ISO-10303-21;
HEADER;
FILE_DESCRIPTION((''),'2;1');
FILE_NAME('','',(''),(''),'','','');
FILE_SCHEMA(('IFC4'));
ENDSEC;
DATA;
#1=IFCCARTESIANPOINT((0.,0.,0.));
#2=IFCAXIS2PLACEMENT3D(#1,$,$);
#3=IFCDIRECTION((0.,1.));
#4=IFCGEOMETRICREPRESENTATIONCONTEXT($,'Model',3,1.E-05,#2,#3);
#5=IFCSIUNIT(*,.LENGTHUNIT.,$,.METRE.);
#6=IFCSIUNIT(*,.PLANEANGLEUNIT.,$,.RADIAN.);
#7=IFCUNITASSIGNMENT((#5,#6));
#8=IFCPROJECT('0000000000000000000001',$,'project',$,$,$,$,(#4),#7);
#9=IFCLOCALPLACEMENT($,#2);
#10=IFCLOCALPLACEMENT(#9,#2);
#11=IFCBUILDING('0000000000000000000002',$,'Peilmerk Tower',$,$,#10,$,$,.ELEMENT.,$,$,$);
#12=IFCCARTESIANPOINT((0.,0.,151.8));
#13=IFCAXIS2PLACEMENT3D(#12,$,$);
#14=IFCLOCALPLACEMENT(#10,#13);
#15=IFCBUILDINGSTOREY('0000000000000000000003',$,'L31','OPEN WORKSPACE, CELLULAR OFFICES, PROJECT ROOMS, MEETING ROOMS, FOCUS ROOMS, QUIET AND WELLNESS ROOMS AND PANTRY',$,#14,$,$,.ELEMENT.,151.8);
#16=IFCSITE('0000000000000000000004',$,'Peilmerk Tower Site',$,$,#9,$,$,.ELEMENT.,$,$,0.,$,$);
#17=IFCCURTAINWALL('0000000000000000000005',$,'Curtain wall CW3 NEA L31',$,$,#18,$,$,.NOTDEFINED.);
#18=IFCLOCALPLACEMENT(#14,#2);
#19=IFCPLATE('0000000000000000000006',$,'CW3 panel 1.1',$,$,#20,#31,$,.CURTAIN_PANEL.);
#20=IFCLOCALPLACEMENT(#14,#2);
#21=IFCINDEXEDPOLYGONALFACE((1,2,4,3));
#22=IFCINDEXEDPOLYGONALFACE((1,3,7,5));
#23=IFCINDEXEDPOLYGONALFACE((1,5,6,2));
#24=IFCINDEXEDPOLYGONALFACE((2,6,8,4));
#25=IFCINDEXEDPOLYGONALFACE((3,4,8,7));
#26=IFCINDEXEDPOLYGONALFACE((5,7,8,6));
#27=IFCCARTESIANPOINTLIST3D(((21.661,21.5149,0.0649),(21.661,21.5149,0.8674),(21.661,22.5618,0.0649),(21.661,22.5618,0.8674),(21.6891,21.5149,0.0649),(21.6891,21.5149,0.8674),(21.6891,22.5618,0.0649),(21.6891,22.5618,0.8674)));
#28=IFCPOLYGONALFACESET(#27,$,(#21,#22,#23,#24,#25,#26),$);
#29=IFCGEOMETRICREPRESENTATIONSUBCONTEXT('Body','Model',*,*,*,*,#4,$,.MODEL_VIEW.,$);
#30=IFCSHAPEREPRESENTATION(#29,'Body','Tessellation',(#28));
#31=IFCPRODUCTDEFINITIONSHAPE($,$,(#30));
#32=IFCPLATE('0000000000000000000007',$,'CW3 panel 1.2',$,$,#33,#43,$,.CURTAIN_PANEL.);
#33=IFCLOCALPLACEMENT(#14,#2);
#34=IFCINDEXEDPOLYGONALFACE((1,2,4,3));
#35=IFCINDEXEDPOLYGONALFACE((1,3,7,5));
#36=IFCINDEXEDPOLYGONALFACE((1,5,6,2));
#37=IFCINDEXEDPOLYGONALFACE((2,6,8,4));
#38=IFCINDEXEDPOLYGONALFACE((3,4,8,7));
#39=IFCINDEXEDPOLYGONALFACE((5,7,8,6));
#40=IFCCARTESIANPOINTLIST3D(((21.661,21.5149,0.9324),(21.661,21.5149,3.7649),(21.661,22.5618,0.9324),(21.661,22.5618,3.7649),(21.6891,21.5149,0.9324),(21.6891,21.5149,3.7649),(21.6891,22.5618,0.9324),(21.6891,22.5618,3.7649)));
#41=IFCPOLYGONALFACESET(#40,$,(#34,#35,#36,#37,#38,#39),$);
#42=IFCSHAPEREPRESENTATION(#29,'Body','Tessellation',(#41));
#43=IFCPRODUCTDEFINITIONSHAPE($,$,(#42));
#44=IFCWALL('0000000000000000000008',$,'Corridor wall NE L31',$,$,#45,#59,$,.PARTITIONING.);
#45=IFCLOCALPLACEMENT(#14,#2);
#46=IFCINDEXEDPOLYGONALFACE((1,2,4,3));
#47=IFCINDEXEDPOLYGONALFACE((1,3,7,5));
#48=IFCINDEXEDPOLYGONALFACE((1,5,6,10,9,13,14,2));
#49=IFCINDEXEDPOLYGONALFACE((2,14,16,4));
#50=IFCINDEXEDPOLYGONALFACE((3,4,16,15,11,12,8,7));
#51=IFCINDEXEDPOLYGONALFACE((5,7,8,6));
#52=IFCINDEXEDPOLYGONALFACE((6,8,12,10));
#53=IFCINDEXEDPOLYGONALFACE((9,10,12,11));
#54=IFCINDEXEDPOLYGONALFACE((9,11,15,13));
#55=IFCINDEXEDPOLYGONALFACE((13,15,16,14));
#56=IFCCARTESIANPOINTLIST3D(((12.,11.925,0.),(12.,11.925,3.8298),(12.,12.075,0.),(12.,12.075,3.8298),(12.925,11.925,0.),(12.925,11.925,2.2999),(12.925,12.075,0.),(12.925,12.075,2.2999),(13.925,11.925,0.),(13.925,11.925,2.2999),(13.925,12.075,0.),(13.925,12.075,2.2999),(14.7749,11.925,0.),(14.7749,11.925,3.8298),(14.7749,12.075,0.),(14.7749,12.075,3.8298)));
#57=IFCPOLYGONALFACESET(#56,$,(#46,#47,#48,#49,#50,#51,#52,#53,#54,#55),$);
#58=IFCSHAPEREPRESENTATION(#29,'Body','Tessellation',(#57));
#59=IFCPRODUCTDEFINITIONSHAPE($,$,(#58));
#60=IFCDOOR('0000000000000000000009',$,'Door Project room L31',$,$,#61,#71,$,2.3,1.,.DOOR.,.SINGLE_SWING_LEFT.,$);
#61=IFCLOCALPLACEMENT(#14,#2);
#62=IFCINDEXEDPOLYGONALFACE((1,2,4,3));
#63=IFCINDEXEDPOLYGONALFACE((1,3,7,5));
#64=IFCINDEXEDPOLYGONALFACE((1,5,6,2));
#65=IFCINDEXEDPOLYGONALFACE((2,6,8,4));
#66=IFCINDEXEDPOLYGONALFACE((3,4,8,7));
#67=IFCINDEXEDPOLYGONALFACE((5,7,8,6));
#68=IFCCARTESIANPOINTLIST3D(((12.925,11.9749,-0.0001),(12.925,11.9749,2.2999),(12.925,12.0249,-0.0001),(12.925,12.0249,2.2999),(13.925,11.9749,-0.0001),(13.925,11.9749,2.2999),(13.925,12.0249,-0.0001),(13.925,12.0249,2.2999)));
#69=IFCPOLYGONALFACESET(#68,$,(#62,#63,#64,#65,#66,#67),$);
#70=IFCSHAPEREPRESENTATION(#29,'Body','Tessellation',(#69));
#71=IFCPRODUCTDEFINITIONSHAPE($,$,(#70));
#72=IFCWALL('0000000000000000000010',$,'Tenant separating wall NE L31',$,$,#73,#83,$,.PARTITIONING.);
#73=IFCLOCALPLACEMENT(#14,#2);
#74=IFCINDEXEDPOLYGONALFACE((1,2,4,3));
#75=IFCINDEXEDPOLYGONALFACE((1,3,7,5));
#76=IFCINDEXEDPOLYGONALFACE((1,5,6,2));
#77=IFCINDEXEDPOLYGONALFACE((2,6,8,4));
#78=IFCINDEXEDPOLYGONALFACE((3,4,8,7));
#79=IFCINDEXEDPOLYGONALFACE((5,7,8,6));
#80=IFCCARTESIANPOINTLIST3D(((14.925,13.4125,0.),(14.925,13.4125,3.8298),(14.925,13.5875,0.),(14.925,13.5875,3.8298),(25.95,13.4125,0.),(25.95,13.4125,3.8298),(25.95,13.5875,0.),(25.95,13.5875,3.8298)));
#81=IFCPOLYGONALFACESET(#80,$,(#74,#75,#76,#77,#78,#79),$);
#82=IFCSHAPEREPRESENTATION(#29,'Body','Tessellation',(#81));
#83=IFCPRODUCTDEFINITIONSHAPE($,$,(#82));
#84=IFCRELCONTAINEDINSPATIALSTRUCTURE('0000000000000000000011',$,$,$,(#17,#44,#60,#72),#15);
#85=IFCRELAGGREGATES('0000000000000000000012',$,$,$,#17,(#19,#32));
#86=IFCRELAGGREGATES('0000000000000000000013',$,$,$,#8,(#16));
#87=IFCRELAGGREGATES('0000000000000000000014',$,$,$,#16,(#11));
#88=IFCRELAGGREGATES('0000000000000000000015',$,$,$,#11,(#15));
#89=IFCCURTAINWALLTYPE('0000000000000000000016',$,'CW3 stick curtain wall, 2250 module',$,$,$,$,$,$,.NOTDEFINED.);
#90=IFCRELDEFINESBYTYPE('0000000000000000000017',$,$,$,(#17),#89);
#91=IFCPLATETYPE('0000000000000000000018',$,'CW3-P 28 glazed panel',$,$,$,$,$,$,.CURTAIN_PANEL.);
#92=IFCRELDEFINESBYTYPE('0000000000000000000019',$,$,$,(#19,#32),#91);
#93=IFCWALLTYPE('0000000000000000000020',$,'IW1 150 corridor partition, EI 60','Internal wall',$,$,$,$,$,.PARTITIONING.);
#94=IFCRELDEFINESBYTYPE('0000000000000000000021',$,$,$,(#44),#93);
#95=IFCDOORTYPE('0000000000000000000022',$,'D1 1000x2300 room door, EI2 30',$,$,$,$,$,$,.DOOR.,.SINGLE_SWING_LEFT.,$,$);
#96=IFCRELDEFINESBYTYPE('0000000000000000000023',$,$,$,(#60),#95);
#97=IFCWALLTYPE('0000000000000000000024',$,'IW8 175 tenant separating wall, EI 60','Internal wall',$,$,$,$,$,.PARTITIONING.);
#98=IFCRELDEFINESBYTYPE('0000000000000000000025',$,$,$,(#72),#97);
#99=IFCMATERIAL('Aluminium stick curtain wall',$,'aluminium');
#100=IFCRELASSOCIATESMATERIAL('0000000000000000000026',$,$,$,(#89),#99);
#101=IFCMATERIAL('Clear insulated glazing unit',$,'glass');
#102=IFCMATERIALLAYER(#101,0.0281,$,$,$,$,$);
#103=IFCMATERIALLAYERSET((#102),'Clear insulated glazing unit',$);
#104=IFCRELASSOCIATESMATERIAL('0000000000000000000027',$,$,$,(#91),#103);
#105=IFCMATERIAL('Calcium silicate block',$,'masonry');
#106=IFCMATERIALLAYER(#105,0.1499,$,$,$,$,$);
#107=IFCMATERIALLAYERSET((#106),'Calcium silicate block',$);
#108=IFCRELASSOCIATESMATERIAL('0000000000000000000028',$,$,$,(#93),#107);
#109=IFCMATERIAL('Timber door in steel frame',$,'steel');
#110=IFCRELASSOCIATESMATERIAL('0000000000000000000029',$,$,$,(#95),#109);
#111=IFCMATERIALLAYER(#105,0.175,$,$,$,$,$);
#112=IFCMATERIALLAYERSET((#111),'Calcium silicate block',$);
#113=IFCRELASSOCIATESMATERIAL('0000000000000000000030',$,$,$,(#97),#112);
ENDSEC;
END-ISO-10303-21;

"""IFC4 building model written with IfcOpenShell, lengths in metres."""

from ifc_helpers import new_model, si_unit, direction, frame, frame_2d, origin, origin_2d, place, context, subcontext, project, spatial, rectangle, extrude, material, layer, layer_set, type_object, element, fill, aggregate, save


model = new_model("IFC4")

# Units and contexts
model_context = context("Model", 3, precision=1e-05, world=origin(), true_north=direction((0.0, 1.0)))
body_context = subcontext(model_context, "Body", "Model", "MODEL_VIEW")
ifc_project = project(units=[si_unit("LENGTHUNIT", "METRE"), si_unit("PLANEANGLEUNIT", "RADIAN")], contexts=[model_context])

# Site, building, storey
site_placement = place(None, origin())
site = spatial("IfcSite", under=ifc_project, at=site_placement, Name="Peilmerk Tower Site", CompositionType="ELEMENT", RefElevation=0.0)
building_placement = place(site_placement, origin())
building = spatial("IfcBuilding", under=site, at=building_placement, Name="Peilmerk Tower", CompositionType="ELEMENT")
storey_placement = place(building_placement, frame((0.0, 0.0, 151.8)))
storey = spatial("IfcBuildingStorey", under=building, at=storey_placement, Name="L31", Description="OPEN WORKSPACE, CELLULAR OFFICES, PROJECT ROOMS, MEETING ROOMS, FOCUS ROOMS, QUIET AND WELLNESS ROOMS AND PANTRY", CompositionType="ELEMENT", Elevation=151.8)

# Curtain wall, plates
ifc_material_1 = material(Name="Aluminium stick curtain wall", Category="aluminium")
curtain_wall_type = type_object("IfcCurtainWallType", Name="CW3 stick curtain wall, 2250 module", PredefinedType="NOTDEFINED", material=ifc_material_1)
curtain_wall_placement = place(storey_placement, origin())
curtain_wall = element("IfcCurtainWall", 1, at=curtain_wall_placement, inside=storey, type_object=curtain_wall_type, Name="Curtain wall CW3 NEA L31", PredefinedType="NOTDEFINED")
ifc_material_2 = material(Name="Clear insulated glazing unit", Category="glass")
ifc_layer_1 = layer(ifc_material_2, 0.0281)
ifc_layer_set_1 = layer_set([ifc_layer_1], Name="Clear insulated glazing unit")
plate_type = type_object("IfcPlateType", Name="CW3-P 28 glazed panel", PredefinedType="CURTAIN_PANEL", material=ifc_layer_set_1)
plate_1_placement = place(storey_placement, frame((21.675, 22.0383, 0.0649), z_axis=(0.0, 0.0, 1.0), x_axis=(0.0, 1.0, 0.0)))
plate_1 = element("IfcPlate", 2, at=plate_1_placement, type_object=plate_type, Name="CW3 panel 1.1", PredefinedType="CURTAIN_PANEL", context=body_context, shape_type="SweptSolid", body=[
    extrude(rectangle(XDim=1.0469, YDim=0.0281, at=origin_2d()), origin(), (0.0, 0.0, 1.0), 0.8025),
])
plate_2_placement = place(storey_placement, frame((21.675, 22.0383, 0.9324), z_axis=(0.0, 0.0, 1.0), x_axis=(0.0, 1.0, 0.0)))
plate_2 = element("IfcPlate", 3, at=plate_2_placement, type_object=plate_type, Name="CW3 panel 1.2", PredefinedType="CURTAIN_PANEL", context=body_context, shape_type="SweptSolid", body=[
    extrude(rectangle(XDim=1.0469, YDim=0.0281, at=origin_2d()), origin(), (0.0, 0.0, 1.0), 2.8325),
])
aggregate(curtain_wall, [plate_1, plate_2])

# Wall, opening, door
ifc_material_3 = material(Name="Calcium silicate block", Category="masonry")
ifc_layer_2 = layer(ifc_material_3, 0.1499)
ifc_layer_set_2 = layer_set([ifc_layer_2], Name="Calcium silicate block")
wall_type_1 = type_object("IfcWallType", Name="IW1 150 corridor partition, EI 60", Description="Internal wall", PredefinedType="PARTITIONING", material=ifc_layer_set_2)
wall_1_placement = place(storey_placement, frame((12.0, 12.0, 0.0), z_axis=(0.0, 0.0, 1.0), x_axis=(1.0, 0.0, 0.0)))
wall_1 = element("IfcWall", 4, at=wall_1_placement, inside=storey, type_object=wall_type_1, Name="Corridor wall NE L31", PredefinedType="PARTITIONING", context=body_context, shape_type="SweptSolid", body=[
    extrude(rectangle(XDim=2.7749, YDim=0.1499, at=frame_2d((1.3875, 0.0))), origin(), (0.0, 0.0, 1.0), 3.8298),
])
opening_placement = place(wall_1_placement, frame((0.925, 0.0, 0.0)))
opening = element("IfcOpeningElement", 5, at=opening_placement, cuts=wall_1, PredefinedType="OPENING", context=body_context, shape_type="SweptSolid", body=[
    extrude(rectangle(XDim=1.0, YDim=2.3, at=frame_2d((0.5, 1.1499))), frame((0.0, 0.085, 0.0), z_axis=(0.0, -1.0, 0.0), x_axis=(1.0, 0.0, 0.0)), (0.0, 0.0, 1.0), 0.1699),
])
ifc_material_4 = material(Name="Timber door in steel frame", Category="steel")
door_type = type_object("IfcDoorType", Name="D1 1000x2300 room door, EI2 30", OperationType="SINGLE_SWING_LEFT", PredefinedType="DOOR", material=ifc_material_4)
door_placement = place(opening_placement, origin())
door = element("IfcDoor", 6, at=door_placement, inside=storey, type_object=door_type, Name="Door Project room L31", OperationType="SINGLE_SWING_LEFT", OverallHeight=2.3, OverallWidth=1.0, PredefinedType="DOOR", context=body_context, shape_type="SweptSolid", body=[
    extrude(rectangle(XDim=1.0, YDim=2.3, at=frame_2d((0.5, 1.1499))), frame((0.0, 0.0249, 0.0), z_axis=(0.0, -1.0, 0.0), x_axis=(1.0, 0.0, 0.0)), (0.0, 0.0, 1.0), 0.05),
])
fill(opening, door)

# Wall
ifc_layer_3 = layer(ifc_material_3, 0.175)
ifc_layer_set_3 = layer_set([ifc_layer_3], Name="Calcium silicate block")
wall_type_2 = type_object("IfcWallType", Name="IW8 175 tenant separating wall, EI 60", Description="Internal wall", PredefinedType="PARTITIONING", material=ifc_layer_set_3)
wall_2_placement = place(storey_placement, frame((14.925, 13.5, 0.0), z_axis=(0.0, 0.0, 1.0), x_axis=(1.0, 0.0, 0.0)))
element("IfcWall", 7, at=wall_2_placement, inside=storey, type_object=wall_type_2, Name="Tenant separating wall NE L31", PredefinedType="PARTITIONING", context=body_context, shape_type="SweptSolid", body=[
    extrude(rectangle(XDim=11.0249, YDim=0.175, at=frame_2d((5.5125, 0.0))), origin(), (0.0, 0.0, 1.0), 3.8298),
])

save(model, "model.ifc")
